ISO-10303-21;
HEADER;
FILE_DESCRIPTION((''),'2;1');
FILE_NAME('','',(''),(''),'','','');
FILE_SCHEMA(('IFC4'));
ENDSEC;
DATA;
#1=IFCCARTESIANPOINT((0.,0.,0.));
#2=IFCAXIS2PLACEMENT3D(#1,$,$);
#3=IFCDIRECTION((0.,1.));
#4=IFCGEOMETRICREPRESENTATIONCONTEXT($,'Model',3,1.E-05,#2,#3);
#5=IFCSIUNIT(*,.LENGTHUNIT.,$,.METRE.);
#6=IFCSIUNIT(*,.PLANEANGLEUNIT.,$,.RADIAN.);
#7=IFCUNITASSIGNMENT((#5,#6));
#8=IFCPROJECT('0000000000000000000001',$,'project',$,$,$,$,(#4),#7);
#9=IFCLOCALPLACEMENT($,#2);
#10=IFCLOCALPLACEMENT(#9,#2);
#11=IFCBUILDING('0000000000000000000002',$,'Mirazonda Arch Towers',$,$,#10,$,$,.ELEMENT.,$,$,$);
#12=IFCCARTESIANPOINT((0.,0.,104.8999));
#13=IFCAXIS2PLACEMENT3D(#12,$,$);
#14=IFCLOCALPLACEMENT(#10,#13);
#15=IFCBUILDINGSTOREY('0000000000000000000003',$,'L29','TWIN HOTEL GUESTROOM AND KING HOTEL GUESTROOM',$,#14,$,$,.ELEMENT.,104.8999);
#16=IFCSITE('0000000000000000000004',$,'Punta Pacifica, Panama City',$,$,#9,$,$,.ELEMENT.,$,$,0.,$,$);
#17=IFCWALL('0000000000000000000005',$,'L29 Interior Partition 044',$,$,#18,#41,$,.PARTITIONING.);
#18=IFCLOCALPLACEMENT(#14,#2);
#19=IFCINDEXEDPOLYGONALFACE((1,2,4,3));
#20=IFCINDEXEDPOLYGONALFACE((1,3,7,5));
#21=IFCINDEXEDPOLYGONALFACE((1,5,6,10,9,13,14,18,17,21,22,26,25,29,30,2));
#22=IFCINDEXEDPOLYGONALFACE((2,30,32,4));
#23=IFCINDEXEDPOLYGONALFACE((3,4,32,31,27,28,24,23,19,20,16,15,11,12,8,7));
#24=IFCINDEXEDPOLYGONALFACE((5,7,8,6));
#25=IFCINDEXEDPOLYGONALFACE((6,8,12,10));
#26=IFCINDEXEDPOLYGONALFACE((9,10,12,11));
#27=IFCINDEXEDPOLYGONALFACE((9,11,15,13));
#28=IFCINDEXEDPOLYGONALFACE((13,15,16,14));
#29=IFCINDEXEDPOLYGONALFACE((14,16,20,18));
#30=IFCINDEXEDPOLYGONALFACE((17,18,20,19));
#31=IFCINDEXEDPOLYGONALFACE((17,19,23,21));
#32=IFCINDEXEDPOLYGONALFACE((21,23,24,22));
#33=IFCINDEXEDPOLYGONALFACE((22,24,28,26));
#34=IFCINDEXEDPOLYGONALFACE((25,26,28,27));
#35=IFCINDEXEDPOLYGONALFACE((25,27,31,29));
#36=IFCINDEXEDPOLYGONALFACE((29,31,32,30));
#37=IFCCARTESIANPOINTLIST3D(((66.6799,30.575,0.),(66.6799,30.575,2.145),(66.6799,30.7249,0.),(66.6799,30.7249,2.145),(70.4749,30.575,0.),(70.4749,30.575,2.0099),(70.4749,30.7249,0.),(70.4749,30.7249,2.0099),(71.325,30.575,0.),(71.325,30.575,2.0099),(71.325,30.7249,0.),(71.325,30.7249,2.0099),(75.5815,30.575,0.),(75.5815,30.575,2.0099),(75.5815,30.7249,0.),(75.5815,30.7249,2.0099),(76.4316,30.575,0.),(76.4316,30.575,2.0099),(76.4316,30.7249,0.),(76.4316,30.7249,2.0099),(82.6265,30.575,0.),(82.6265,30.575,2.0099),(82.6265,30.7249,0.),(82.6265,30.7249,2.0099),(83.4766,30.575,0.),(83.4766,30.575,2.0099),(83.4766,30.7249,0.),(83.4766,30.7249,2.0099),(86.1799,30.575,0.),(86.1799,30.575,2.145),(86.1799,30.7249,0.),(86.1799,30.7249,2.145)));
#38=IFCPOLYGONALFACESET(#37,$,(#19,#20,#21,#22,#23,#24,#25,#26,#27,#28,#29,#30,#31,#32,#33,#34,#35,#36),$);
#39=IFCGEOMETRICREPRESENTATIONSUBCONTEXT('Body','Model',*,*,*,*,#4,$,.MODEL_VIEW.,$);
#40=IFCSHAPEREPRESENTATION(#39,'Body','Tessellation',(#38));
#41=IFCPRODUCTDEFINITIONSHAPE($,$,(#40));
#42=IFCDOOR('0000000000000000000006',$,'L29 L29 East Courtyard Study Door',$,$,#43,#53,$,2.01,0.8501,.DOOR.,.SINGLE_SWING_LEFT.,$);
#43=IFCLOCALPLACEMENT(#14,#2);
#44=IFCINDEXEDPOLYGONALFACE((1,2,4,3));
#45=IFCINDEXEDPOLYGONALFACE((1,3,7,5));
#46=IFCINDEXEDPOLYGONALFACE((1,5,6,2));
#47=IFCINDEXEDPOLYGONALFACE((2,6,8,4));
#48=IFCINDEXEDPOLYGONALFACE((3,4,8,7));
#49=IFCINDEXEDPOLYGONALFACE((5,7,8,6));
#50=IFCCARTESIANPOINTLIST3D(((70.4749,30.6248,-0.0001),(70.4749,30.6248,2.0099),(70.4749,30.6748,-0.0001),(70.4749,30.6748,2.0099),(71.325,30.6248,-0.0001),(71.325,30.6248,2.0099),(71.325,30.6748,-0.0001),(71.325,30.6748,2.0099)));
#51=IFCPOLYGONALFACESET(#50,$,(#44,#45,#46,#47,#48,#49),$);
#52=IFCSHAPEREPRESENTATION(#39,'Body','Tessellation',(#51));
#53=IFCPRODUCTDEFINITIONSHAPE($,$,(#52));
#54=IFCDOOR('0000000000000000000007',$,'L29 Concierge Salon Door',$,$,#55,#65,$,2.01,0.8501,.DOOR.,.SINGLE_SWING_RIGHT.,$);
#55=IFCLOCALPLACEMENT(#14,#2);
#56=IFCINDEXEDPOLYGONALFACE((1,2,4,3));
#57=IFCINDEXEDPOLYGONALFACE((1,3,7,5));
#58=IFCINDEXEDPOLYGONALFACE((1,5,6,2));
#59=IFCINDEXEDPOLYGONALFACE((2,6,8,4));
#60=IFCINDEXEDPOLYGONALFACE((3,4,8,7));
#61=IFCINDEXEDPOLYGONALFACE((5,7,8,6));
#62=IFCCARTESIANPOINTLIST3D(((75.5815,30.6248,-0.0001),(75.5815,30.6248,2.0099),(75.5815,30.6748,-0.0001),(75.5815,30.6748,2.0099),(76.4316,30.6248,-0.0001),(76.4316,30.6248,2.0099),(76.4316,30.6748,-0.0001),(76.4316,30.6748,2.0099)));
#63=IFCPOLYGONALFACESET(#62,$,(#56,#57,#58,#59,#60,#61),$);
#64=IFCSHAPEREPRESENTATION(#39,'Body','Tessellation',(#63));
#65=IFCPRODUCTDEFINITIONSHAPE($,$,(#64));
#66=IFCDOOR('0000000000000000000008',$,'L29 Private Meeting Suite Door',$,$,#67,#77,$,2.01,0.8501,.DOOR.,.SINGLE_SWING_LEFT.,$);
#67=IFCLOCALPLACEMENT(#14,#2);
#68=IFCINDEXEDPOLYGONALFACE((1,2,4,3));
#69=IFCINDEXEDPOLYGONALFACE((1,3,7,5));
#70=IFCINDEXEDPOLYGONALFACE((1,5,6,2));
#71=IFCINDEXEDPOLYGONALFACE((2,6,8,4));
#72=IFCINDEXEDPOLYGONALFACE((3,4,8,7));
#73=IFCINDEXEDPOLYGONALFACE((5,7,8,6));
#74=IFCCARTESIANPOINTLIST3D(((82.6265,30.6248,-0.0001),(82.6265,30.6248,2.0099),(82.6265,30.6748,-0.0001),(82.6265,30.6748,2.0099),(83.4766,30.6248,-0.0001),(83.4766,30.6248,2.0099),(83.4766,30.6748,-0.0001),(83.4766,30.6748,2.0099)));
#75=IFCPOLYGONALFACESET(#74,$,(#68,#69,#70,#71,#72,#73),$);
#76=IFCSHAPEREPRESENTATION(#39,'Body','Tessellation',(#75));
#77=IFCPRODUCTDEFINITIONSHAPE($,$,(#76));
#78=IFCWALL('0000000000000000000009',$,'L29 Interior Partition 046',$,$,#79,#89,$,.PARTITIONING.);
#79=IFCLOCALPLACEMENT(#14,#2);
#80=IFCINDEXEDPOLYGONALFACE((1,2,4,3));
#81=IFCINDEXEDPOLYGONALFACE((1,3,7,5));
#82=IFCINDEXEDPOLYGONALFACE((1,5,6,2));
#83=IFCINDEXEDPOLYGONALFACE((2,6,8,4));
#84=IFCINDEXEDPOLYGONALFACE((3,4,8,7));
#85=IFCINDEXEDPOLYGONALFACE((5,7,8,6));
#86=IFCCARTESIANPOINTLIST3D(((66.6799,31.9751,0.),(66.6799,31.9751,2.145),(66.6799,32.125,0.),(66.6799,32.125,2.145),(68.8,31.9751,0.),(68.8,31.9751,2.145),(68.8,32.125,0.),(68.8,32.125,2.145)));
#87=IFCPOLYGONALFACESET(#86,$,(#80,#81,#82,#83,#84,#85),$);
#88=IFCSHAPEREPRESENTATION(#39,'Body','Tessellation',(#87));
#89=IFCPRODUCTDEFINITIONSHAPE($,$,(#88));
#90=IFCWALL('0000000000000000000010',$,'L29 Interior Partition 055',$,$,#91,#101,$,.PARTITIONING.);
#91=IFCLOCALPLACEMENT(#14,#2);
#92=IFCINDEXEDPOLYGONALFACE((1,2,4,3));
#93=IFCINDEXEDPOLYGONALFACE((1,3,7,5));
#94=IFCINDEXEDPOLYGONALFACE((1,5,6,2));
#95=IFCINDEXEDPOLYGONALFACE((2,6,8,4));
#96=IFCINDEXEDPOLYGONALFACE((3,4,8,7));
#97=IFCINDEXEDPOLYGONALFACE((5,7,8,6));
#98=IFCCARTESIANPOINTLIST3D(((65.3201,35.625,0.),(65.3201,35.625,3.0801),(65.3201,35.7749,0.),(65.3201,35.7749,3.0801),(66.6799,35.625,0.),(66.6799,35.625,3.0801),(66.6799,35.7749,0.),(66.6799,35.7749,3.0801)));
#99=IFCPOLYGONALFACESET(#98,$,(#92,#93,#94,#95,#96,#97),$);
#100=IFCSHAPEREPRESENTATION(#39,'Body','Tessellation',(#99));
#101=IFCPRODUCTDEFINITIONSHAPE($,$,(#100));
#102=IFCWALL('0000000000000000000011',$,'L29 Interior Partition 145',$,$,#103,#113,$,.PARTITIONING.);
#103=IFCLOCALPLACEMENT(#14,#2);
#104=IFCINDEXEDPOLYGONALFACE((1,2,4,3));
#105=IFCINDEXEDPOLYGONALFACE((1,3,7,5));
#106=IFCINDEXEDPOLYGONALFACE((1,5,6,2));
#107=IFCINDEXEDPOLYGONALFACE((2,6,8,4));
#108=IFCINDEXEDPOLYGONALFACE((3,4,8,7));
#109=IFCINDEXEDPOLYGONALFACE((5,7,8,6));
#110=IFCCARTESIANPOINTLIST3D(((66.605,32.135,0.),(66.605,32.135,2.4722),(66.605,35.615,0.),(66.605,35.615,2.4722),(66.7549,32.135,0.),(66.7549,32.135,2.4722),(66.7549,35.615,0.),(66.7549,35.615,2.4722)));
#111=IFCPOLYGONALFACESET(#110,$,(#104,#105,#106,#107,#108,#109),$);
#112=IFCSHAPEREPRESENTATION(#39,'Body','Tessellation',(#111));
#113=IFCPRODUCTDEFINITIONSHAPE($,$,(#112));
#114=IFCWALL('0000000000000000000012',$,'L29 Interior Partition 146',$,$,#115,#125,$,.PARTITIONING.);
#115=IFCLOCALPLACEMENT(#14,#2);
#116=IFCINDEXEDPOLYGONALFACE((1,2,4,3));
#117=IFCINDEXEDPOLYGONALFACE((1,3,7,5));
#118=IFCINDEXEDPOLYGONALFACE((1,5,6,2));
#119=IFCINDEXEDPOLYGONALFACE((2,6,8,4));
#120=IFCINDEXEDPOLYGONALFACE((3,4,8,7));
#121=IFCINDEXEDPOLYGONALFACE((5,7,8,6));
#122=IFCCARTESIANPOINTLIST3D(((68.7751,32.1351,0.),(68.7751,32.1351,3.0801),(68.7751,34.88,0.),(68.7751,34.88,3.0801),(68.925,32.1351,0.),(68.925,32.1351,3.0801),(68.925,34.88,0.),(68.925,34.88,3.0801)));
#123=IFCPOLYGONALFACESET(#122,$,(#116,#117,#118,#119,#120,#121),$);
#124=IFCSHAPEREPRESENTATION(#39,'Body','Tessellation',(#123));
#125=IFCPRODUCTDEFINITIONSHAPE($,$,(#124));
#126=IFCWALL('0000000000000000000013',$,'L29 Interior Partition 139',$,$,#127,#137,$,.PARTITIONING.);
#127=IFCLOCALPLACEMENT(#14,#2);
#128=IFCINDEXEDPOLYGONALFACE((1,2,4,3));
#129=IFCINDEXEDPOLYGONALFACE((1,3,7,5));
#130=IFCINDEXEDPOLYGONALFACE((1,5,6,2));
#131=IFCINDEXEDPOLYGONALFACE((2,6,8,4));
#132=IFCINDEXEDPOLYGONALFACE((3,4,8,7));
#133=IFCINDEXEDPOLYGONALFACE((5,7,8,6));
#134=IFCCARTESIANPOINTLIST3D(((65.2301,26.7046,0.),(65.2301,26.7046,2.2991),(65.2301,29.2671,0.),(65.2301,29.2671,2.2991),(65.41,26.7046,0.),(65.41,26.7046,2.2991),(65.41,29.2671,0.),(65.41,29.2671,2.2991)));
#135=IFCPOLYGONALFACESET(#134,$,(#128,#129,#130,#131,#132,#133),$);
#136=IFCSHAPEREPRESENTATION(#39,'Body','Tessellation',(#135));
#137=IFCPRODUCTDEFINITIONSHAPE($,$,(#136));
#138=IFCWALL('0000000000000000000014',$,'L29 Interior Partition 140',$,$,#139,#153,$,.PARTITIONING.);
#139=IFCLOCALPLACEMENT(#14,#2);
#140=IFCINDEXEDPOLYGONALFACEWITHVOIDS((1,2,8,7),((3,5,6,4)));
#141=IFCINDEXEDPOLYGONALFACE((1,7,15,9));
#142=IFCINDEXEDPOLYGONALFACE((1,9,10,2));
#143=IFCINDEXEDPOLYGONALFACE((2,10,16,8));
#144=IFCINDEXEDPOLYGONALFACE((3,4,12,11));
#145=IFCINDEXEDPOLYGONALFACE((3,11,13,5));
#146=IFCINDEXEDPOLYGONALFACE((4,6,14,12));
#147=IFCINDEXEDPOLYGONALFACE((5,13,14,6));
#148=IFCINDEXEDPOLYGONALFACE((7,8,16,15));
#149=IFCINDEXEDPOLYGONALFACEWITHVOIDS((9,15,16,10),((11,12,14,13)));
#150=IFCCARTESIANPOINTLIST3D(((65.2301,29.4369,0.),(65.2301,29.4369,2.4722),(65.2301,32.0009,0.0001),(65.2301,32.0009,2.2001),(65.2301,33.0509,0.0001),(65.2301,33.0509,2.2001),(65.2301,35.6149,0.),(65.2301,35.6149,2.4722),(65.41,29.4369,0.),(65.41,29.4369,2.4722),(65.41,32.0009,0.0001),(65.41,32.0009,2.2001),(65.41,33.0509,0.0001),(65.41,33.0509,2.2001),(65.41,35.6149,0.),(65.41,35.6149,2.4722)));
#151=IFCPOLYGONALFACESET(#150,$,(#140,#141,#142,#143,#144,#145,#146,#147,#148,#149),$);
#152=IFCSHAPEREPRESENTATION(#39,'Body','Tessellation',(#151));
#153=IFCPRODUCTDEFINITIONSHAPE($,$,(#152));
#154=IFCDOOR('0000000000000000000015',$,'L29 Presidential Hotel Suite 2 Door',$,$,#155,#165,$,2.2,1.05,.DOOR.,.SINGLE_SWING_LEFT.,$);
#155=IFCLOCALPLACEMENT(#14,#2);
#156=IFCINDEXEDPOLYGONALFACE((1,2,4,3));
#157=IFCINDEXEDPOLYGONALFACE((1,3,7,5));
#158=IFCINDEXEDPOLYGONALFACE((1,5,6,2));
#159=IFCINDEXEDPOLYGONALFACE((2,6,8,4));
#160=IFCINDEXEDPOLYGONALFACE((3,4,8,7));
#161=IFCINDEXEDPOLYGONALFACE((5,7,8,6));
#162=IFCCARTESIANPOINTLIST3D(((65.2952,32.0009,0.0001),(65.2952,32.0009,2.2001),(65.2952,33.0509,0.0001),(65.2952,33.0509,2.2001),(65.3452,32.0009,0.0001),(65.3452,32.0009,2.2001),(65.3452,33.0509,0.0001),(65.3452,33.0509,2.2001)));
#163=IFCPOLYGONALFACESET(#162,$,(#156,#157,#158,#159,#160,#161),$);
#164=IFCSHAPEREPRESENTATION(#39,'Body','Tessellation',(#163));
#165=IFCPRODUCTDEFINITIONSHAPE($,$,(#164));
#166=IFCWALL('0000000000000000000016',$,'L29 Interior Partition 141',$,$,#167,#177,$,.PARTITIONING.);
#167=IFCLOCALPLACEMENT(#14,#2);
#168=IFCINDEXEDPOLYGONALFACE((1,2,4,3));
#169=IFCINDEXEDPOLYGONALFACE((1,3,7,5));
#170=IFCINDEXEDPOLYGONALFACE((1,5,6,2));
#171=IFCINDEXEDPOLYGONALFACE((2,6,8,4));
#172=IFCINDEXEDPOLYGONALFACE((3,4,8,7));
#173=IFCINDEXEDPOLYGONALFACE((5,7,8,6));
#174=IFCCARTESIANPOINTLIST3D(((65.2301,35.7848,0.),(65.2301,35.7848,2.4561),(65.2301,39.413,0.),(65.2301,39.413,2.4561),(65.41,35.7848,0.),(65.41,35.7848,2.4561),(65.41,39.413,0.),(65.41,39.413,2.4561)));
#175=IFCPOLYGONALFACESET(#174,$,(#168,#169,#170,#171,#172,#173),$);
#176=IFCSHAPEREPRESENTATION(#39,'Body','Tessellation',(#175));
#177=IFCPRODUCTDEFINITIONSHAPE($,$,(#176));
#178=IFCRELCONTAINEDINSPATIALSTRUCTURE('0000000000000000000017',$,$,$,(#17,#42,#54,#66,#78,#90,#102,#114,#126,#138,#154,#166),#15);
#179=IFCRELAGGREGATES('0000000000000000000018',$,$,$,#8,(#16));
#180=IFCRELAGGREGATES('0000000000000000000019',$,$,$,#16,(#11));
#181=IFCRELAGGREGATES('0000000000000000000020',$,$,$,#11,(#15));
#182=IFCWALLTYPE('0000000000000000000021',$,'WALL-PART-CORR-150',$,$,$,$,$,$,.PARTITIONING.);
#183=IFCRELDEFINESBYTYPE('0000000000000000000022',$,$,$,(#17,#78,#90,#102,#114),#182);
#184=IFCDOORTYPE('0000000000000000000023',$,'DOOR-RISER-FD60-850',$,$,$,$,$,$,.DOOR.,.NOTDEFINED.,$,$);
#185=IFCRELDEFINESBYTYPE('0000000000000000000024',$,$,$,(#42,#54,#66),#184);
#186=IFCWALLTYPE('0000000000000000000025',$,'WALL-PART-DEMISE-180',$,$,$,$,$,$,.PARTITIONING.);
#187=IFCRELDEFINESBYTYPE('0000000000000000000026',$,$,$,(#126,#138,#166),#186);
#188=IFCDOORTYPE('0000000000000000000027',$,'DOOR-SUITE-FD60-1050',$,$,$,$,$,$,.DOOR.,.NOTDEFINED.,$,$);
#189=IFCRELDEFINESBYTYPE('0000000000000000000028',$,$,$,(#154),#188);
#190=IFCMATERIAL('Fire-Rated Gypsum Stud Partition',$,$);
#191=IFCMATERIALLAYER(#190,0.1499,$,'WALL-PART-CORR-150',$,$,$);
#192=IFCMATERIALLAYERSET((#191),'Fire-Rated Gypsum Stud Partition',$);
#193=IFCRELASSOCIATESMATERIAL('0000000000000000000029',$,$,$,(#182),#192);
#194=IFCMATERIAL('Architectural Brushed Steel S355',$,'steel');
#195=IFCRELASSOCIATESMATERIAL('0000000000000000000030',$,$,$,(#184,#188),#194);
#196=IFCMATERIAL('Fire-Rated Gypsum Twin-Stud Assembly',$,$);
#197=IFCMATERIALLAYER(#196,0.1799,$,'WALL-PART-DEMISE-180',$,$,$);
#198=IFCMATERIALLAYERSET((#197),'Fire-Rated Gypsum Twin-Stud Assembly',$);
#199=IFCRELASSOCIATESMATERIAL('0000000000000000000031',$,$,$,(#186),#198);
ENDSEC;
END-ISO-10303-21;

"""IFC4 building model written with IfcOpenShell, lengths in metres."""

from ifc_helpers import new_model, si_unit, direction, frame, frame_2d, origin, place, context, subcontext, project, spatial, rectangle, extrude, material, layer, layer_set, type_object, element, fill, save


model = new_model("IFC4")

# Units and contexts
model_context = context("Model", 3, precision=1e-05, world=origin(), true_north=direction((0.0, 1.0)))
body_context = subcontext(model_context, "Body", "Model", "MODEL_VIEW")
ifc_project = project(units=[si_unit("LENGTHUNIT", "METRE"), si_unit("PLANEANGLEUNIT", "RADIAN")], contexts=[model_context])

# Site, building, storey
site_placement = place(None, origin())
site = spatial("IfcSite", under=ifc_project, at=site_placement, Name="Punta Pacifica, Panama City", CompositionType="ELEMENT", RefElevation=0.0)
building_placement = place(site_placement, origin())
building = spatial("IfcBuilding", under=site, at=building_placement, Name="Mirazonda Arch Towers", CompositionType="ELEMENT")
storey_placement = place(building_placement, frame((0.0, 0.0, 104.8999)))
storey = spatial("IfcBuildingStorey", under=building, at=storey_placement, Name="L29", Description="TWIN HOTEL GUESTROOM AND KING HOTEL GUESTROOM", CompositionType="ELEMENT", Elevation=104.8999)

# Wall, openings, doors
ifc_material_1 = material(Name="Architectural Brushed Steel S355", Category="steel")
ifc_material_2 = material(Name="Fire-Rated Gypsum Stud Partition")
ifc_layer_1 = layer(ifc_material_2, 0.1499, Name="WALL-PART-CORR-150")
ifc_layer_set_1 = layer_set([ifc_layer_1], Name="Fire-Rated Gypsum Stud Partition")
wall_type_1 = type_object("IfcWallType", Name="WALL-PART-CORR-150", PredefinedType="PARTITIONING", material=ifc_layer_set_1)
wall_1_placement = place(storey_placement, frame((66.6799, 30.6499, 0.0), z_axis=(0.0, 0.0, 1.0), x_axis=(1.0, 0.0, 0.0)))
wall_1 = element("IfcWall", 1, at=wall_1_placement, inside=storey, type_object=wall_type_1, Name="L29 Interior Partition 044", PredefinedType="PARTITIONING", context=body_context, shape_type="SweptSolid", body=[
    extrude(rectangle(XDim=19.5, YDim=0.1499, at=frame_2d((9.75, 0.0))), origin(), (0.0, 0.0, 1.0), 2.145),
])
opening_1_placement = place(wall_1_placement, frame((3.7949, 0.0, 0.0)))
opening_1 = element("IfcOpeningElement", 2, at=opening_1_placement, cuts=wall_1, PredefinedType="OPENING", context=body_context, shape_type="SweptSolid", body=[
    extrude(rectangle(XDim=0.8501, YDim=2.01, at=frame_2d((0.425, 1.0049))), frame((0.0, 0.085, 0.0), z_axis=(0.0, -1.0, 0.0), x_axis=(1.0, 0.0, 0.0)), (0.0, 0.0, 1.0), 0.1699),
])
opening_2_placement = place(wall_1_placement, frame((8.9016, 0.0, 0.0)))
opening_2 = element("IfcOpeningElement", 3, at=opening_2_placement, cuts=wall_1, PredefinedType="OPENING", context=body_context, shape_type="SweptSolid", body=[
    extrude(rectangle(XDim=0.8501, YDim=2.01, at=frame_2d((0.425, 1.0049))), frame((0.0, 0.085, 0.0), z_axis=(0.0, -1.0, 0.0), x_axis=(1.0, 0.0, 0.0)), (0.0, 0.0, 1.0), 0.1699),
])
opening_3_placement = place(wall_1_placement, frame((15.9465, 0.0, 0.0)))
opening_3 = element("IfcOpeningElement", 4, at=opening_3_placement, cuts=wall_1, PredefinedType="OPENING", context=body_context, shape_type="SweptSolid", body=[
    extrude(rectangle(XDim=0.8501, YDim=2.01, at=frame_2d((0.425, 1.0049))), frame((0.0, 0.085, 0.0), z_axis=(0.0, -1.0, 0.0), x_axis=(1.0, 0.0, 0.0)), (0.0, 0.0, 1.0), 0.1699),
])
door_type_1 = type_object("IfcDoorType", Name="DOOR-RISER-FD60-850", OperationType="NOTDEFINED", PredefinedType="DOOR", material=ifc_material_1)
door_1_placement = place(opening_1_placement, origin())
door_1 = element("IfcDoor", 5, at=door_1_placement, inside=storey, type_object=door_type_1, Name="L29 L29 East Courtyard Study Door", OperationType="SINGLE_SWING_LEFT", OverallHeight=2.01, OverallWidth=0.8501, PredefinedType="DOOR", context=body_context, shape_type="SweptSolid", body=[
    extrude(rectangle(XDim=0.8501, YDim=2.01, at=frame_2d((0.425, 1.0049))), frame((0.0, 0.0249, 0.0), z_axis=(0.0, -1.0, 0.0), x_axis=(1.0, 0.0, 0.0)), (0.0, 0.0, 1.0), 0.05),
])
fill(opening_1, door_1)
door_2_placement = place(opening_2_placement, origin())
door_2 = element("IfcDoor", 6, at=door_2_placement, inside=storey, type_object=door_type_1, Name="L29 Concierge Salon Door", OperationType="SINGLE_SWING_RIGHT", OverallHeight=2.01, OverallWidth=0.8501, PredefinedType="DOOR", context=body_context, shape_type="SweptSolid", body=[
    extrude(rectangle(XDim=0.8501, YDim=2.01, at=frame_2d((0.425, 1.0049))), frame((0.0, 0.0249, 0.0), z_axis=(0.0, -1.0, 0.0), x_axis=(1.0, 0.0, 0.0)), (0.0, 0.0, 1.0), 0.05),
])
fill(opening_2, door_2)
door_3_placement = place(opening_3_placement, origin())
door_3 = element("IfcDoor", 7, at=door_3_placement, inside=storey, type_object=door_type_1, Name="L29 Private Meeting Suite Door", OperationType="SINGLE_SWING_LEFT", OverallHeight=2.01, OverallWidth=0.8501, PredefinedType="DOOR", context=body_context, shape_type="SweptSolid", body=[
    extrude(rectangle(XDim=0.8501, YDim=2.01, at=frame_2d((0.425, 1.0049))), frame((0.0, 0.0249, 0.0), z_axis=(0.0, -1.0, 0.0), x_axis=(1.0, 0.0, 0.0)), (0.0, 0.0, 1.0), 0.05),
])
fill(opening_3, door_3)

# Walls
wall_2_placement = place(storey_placement, frame((66.6799, 32.05, 0.0), z_axis=(0.0, 0.0, 1.0), x_axis=(1.0, 0.0, 0.0)))
element("IfcWall", 8, at=wall_2_placement, inside=storey, type_object=wall_type_1, Name="L29 Interior Partition 046", PredefinedType="PARTITIONING", context=body_context, shape_type="SweptSolid", body=[
    extrude(rectangle(XDim=2.1201, YDim=0.1499, at=frame_2d((1.0601, 0.0))), origin(), (0.0, 0.0, 1.0), 2.145),
])
wall_3_placement = place(storey_placement, frame((65.3201, 35.7, 0.0), z_axis=(0.0, 0.0, 1.0), x_axis=(1.0, 0.0, 0.0)))
element("IfcWall", 9, at=wall_3_placement, inside=storey, type_object=wall_type_1, Name="L29 Interior Partition 055", PredefinedType="PARTITIONING", context=body_context, shape_type="SweptSolid", body=[
    extrude(rectangle(XDim=1.3599, YDim=0.1499, at=frame_2d((0.6799, 0.0))), origin(), (0.0, 0.0, 1.0), 3.0801),
])
wall_4_placement = place(storey_placement, frame((66.6799, 32.135, 0.0), z_axis=(0.0, 0.0, 1.0), x_axis=(0.0, 1.0, 0.0)))
element("IfcWall", 10, at=wall_4_placement, inside=storey, type_object=wall_type_1, Name="L29 Interior Partition 145", PredefinedType="PARTITIONING", context=body_context, shape_type="SweptSolid", body=[
    extrude(rectangle(XDim=3.48, YDim=0.1499, at=frame_2d((1.74, 0.0))), origin(), (0.0, 0.0, 1.0), 2.4722),
])
wall_5_placement = place(storey_placement, frame((68.8501, 32.135, 0.0), z_axis=(0.0, 0.0, 1.0), x_axis=(0.0, 1.0, 0.0)))
element("IfcWall", 11, at=wall_5_placement, inside=storey, type_object=wall_type_1, Name="L29 Interior Partition 146", PredefinedType="PARTITIONING", context=body_context, shape_type="SweptSolid", body=[
    extrude(rectangle(XDim=2.7449, YDim=0.1499, at=frame_2d((1.3726, 0.0))), origin(), (0.0, 0.0, 1.0), 3.0801),
])
ifc_material_3 = material(Name="Fire-Rated Gypsum Twin-Stud Assembly")
ifc_layer_2 = layer(ifc_material_3, 0.1799, Name="WALL-PART-DEMISE-180")
ifc_layer_set_2 = layer_set([ifc_layer_2], Name="Fire-Rated Gypsum Twin-Stud Assembly")
wall_type_2 = type_object("IfcWallType", Name="WALL-PART-DEMISE-180", PredefinedType="PARTITIONING", material=ifc_layer_set_2)
wall_6_placement = place(storey_placement, frame((65.3201, 26.7046, 0.0), z_axis=(0.0, 0.0, 1.0), x_axis=(0.0, 1.0, 0.0)))
element("IfcWall", 12, at=wall_6_placement, inside=storey, type_object=wall_type_2, Name="L29 Interior Partition 139", PredefinedType="PARTITIONING", context=body_context, shape_type="SweptSolid", body=[
    extrude(rectangle(XDim=2.5625, YDim=0.1799, at=frame_2d((1.2812, 0.0))), origin(), (0.0, 0.0, 1.0), 2.2991),
])

# Wall, opening, door
wall_7_placement = place(storey_placement, frame((65.3201, 29.437, 0.0), z_axis=(0.0, 0.0, 1.0), x_axis=(0.0, 1.0, 0.0)))
wall_7 = element("IfcWall", 13, at=wall_7_placement, inside=storey, type_object=wall_type_2, Name="L29 Interior Partition 140", PredefinedType="PARTITIONING", context=body_context, shape_type="SweptSolid", body=[
    extrude(rectangle(XDim=6.178, YDim=0.1799, at=frame_2d((3.0889, 0.0))), origin(), (0.0, 0.0, 1.0), 2.4722),
])
opening_4_placement = place(wall_7_placement, frame((2.564, 0.0, 0.0)))
opening_4 = element("IfcOpeningElement", 14, at=opening_4_placement, cuts=wall_7, PredefinedType="OPENING", context=body_context, shape_type="SweptSolid", body=[
    extrude(rectangle(XDim=1.05, YDim=2.2, at=frame_2d((0.5249, 1.1001))), frame((0.0, 0.0999, 0.0), z_axis=(0.0, -1.0, 0.0), x_axis=(1.0, 0.0, 0.0)), (0.0, 0.0, 1.0), 0.2),
])
door_type_2 = type_object("IfcDoorType", Name="DOOR-SUITE-FD60-1050", OperationType="NOTDEFINED", PredefinedType="DOOR", material=ifc_material_1)
door_4_placement = place(opening_4_placement, origin())
door_4 = element("IfcDoor", 15, at=door_4_placement, inside=storey, type_object=door_type_2, Name="L29 Presidential Hotel Suite 2 Door", OperationType="SINGLE_SWING_LEFT", OverallHeight=2.2, OverallWidth=1.05, PredefinedType="DOOR", context=body_context, shape_type="SweptSolid", body=[
    extrude(rectangle(XDim=1.05, YDim=2.2, at=frame_2d((0.5249, 1.1001))), frame((0.0, 0.0249, 0.0), z_axis=(0.0, -1.0, 0.0), x_axis=(1.0, 0.0, 0.0)), (0.0, 0.0, 1.0), 0.05),
])
fill(opening_4, door_4)

# Wall
wall_8_placement = place(storey_placement, frame((65.3201, 35.7849, 0.0), z_axis=(0.0, 0.0, 1.0), x_axis=(0.0, 1.0, 0.0)))
element("IfcWall", 16, at=wall_8_placement, inside=storey, type_object=wall_type_2, Name="L29 Interior Partition 141", PredefinedType="PARTITIONING", context=body_context, shape_type="SweptSolid", body=[
    extrude(rectangle(XDim=3.6282, YDim=0.1799, at=frame_2d((1.814, 0.0))), origin(), (0.0, 0.0, 1.0), 2.4561),
])

save(model, "model.ifc")
